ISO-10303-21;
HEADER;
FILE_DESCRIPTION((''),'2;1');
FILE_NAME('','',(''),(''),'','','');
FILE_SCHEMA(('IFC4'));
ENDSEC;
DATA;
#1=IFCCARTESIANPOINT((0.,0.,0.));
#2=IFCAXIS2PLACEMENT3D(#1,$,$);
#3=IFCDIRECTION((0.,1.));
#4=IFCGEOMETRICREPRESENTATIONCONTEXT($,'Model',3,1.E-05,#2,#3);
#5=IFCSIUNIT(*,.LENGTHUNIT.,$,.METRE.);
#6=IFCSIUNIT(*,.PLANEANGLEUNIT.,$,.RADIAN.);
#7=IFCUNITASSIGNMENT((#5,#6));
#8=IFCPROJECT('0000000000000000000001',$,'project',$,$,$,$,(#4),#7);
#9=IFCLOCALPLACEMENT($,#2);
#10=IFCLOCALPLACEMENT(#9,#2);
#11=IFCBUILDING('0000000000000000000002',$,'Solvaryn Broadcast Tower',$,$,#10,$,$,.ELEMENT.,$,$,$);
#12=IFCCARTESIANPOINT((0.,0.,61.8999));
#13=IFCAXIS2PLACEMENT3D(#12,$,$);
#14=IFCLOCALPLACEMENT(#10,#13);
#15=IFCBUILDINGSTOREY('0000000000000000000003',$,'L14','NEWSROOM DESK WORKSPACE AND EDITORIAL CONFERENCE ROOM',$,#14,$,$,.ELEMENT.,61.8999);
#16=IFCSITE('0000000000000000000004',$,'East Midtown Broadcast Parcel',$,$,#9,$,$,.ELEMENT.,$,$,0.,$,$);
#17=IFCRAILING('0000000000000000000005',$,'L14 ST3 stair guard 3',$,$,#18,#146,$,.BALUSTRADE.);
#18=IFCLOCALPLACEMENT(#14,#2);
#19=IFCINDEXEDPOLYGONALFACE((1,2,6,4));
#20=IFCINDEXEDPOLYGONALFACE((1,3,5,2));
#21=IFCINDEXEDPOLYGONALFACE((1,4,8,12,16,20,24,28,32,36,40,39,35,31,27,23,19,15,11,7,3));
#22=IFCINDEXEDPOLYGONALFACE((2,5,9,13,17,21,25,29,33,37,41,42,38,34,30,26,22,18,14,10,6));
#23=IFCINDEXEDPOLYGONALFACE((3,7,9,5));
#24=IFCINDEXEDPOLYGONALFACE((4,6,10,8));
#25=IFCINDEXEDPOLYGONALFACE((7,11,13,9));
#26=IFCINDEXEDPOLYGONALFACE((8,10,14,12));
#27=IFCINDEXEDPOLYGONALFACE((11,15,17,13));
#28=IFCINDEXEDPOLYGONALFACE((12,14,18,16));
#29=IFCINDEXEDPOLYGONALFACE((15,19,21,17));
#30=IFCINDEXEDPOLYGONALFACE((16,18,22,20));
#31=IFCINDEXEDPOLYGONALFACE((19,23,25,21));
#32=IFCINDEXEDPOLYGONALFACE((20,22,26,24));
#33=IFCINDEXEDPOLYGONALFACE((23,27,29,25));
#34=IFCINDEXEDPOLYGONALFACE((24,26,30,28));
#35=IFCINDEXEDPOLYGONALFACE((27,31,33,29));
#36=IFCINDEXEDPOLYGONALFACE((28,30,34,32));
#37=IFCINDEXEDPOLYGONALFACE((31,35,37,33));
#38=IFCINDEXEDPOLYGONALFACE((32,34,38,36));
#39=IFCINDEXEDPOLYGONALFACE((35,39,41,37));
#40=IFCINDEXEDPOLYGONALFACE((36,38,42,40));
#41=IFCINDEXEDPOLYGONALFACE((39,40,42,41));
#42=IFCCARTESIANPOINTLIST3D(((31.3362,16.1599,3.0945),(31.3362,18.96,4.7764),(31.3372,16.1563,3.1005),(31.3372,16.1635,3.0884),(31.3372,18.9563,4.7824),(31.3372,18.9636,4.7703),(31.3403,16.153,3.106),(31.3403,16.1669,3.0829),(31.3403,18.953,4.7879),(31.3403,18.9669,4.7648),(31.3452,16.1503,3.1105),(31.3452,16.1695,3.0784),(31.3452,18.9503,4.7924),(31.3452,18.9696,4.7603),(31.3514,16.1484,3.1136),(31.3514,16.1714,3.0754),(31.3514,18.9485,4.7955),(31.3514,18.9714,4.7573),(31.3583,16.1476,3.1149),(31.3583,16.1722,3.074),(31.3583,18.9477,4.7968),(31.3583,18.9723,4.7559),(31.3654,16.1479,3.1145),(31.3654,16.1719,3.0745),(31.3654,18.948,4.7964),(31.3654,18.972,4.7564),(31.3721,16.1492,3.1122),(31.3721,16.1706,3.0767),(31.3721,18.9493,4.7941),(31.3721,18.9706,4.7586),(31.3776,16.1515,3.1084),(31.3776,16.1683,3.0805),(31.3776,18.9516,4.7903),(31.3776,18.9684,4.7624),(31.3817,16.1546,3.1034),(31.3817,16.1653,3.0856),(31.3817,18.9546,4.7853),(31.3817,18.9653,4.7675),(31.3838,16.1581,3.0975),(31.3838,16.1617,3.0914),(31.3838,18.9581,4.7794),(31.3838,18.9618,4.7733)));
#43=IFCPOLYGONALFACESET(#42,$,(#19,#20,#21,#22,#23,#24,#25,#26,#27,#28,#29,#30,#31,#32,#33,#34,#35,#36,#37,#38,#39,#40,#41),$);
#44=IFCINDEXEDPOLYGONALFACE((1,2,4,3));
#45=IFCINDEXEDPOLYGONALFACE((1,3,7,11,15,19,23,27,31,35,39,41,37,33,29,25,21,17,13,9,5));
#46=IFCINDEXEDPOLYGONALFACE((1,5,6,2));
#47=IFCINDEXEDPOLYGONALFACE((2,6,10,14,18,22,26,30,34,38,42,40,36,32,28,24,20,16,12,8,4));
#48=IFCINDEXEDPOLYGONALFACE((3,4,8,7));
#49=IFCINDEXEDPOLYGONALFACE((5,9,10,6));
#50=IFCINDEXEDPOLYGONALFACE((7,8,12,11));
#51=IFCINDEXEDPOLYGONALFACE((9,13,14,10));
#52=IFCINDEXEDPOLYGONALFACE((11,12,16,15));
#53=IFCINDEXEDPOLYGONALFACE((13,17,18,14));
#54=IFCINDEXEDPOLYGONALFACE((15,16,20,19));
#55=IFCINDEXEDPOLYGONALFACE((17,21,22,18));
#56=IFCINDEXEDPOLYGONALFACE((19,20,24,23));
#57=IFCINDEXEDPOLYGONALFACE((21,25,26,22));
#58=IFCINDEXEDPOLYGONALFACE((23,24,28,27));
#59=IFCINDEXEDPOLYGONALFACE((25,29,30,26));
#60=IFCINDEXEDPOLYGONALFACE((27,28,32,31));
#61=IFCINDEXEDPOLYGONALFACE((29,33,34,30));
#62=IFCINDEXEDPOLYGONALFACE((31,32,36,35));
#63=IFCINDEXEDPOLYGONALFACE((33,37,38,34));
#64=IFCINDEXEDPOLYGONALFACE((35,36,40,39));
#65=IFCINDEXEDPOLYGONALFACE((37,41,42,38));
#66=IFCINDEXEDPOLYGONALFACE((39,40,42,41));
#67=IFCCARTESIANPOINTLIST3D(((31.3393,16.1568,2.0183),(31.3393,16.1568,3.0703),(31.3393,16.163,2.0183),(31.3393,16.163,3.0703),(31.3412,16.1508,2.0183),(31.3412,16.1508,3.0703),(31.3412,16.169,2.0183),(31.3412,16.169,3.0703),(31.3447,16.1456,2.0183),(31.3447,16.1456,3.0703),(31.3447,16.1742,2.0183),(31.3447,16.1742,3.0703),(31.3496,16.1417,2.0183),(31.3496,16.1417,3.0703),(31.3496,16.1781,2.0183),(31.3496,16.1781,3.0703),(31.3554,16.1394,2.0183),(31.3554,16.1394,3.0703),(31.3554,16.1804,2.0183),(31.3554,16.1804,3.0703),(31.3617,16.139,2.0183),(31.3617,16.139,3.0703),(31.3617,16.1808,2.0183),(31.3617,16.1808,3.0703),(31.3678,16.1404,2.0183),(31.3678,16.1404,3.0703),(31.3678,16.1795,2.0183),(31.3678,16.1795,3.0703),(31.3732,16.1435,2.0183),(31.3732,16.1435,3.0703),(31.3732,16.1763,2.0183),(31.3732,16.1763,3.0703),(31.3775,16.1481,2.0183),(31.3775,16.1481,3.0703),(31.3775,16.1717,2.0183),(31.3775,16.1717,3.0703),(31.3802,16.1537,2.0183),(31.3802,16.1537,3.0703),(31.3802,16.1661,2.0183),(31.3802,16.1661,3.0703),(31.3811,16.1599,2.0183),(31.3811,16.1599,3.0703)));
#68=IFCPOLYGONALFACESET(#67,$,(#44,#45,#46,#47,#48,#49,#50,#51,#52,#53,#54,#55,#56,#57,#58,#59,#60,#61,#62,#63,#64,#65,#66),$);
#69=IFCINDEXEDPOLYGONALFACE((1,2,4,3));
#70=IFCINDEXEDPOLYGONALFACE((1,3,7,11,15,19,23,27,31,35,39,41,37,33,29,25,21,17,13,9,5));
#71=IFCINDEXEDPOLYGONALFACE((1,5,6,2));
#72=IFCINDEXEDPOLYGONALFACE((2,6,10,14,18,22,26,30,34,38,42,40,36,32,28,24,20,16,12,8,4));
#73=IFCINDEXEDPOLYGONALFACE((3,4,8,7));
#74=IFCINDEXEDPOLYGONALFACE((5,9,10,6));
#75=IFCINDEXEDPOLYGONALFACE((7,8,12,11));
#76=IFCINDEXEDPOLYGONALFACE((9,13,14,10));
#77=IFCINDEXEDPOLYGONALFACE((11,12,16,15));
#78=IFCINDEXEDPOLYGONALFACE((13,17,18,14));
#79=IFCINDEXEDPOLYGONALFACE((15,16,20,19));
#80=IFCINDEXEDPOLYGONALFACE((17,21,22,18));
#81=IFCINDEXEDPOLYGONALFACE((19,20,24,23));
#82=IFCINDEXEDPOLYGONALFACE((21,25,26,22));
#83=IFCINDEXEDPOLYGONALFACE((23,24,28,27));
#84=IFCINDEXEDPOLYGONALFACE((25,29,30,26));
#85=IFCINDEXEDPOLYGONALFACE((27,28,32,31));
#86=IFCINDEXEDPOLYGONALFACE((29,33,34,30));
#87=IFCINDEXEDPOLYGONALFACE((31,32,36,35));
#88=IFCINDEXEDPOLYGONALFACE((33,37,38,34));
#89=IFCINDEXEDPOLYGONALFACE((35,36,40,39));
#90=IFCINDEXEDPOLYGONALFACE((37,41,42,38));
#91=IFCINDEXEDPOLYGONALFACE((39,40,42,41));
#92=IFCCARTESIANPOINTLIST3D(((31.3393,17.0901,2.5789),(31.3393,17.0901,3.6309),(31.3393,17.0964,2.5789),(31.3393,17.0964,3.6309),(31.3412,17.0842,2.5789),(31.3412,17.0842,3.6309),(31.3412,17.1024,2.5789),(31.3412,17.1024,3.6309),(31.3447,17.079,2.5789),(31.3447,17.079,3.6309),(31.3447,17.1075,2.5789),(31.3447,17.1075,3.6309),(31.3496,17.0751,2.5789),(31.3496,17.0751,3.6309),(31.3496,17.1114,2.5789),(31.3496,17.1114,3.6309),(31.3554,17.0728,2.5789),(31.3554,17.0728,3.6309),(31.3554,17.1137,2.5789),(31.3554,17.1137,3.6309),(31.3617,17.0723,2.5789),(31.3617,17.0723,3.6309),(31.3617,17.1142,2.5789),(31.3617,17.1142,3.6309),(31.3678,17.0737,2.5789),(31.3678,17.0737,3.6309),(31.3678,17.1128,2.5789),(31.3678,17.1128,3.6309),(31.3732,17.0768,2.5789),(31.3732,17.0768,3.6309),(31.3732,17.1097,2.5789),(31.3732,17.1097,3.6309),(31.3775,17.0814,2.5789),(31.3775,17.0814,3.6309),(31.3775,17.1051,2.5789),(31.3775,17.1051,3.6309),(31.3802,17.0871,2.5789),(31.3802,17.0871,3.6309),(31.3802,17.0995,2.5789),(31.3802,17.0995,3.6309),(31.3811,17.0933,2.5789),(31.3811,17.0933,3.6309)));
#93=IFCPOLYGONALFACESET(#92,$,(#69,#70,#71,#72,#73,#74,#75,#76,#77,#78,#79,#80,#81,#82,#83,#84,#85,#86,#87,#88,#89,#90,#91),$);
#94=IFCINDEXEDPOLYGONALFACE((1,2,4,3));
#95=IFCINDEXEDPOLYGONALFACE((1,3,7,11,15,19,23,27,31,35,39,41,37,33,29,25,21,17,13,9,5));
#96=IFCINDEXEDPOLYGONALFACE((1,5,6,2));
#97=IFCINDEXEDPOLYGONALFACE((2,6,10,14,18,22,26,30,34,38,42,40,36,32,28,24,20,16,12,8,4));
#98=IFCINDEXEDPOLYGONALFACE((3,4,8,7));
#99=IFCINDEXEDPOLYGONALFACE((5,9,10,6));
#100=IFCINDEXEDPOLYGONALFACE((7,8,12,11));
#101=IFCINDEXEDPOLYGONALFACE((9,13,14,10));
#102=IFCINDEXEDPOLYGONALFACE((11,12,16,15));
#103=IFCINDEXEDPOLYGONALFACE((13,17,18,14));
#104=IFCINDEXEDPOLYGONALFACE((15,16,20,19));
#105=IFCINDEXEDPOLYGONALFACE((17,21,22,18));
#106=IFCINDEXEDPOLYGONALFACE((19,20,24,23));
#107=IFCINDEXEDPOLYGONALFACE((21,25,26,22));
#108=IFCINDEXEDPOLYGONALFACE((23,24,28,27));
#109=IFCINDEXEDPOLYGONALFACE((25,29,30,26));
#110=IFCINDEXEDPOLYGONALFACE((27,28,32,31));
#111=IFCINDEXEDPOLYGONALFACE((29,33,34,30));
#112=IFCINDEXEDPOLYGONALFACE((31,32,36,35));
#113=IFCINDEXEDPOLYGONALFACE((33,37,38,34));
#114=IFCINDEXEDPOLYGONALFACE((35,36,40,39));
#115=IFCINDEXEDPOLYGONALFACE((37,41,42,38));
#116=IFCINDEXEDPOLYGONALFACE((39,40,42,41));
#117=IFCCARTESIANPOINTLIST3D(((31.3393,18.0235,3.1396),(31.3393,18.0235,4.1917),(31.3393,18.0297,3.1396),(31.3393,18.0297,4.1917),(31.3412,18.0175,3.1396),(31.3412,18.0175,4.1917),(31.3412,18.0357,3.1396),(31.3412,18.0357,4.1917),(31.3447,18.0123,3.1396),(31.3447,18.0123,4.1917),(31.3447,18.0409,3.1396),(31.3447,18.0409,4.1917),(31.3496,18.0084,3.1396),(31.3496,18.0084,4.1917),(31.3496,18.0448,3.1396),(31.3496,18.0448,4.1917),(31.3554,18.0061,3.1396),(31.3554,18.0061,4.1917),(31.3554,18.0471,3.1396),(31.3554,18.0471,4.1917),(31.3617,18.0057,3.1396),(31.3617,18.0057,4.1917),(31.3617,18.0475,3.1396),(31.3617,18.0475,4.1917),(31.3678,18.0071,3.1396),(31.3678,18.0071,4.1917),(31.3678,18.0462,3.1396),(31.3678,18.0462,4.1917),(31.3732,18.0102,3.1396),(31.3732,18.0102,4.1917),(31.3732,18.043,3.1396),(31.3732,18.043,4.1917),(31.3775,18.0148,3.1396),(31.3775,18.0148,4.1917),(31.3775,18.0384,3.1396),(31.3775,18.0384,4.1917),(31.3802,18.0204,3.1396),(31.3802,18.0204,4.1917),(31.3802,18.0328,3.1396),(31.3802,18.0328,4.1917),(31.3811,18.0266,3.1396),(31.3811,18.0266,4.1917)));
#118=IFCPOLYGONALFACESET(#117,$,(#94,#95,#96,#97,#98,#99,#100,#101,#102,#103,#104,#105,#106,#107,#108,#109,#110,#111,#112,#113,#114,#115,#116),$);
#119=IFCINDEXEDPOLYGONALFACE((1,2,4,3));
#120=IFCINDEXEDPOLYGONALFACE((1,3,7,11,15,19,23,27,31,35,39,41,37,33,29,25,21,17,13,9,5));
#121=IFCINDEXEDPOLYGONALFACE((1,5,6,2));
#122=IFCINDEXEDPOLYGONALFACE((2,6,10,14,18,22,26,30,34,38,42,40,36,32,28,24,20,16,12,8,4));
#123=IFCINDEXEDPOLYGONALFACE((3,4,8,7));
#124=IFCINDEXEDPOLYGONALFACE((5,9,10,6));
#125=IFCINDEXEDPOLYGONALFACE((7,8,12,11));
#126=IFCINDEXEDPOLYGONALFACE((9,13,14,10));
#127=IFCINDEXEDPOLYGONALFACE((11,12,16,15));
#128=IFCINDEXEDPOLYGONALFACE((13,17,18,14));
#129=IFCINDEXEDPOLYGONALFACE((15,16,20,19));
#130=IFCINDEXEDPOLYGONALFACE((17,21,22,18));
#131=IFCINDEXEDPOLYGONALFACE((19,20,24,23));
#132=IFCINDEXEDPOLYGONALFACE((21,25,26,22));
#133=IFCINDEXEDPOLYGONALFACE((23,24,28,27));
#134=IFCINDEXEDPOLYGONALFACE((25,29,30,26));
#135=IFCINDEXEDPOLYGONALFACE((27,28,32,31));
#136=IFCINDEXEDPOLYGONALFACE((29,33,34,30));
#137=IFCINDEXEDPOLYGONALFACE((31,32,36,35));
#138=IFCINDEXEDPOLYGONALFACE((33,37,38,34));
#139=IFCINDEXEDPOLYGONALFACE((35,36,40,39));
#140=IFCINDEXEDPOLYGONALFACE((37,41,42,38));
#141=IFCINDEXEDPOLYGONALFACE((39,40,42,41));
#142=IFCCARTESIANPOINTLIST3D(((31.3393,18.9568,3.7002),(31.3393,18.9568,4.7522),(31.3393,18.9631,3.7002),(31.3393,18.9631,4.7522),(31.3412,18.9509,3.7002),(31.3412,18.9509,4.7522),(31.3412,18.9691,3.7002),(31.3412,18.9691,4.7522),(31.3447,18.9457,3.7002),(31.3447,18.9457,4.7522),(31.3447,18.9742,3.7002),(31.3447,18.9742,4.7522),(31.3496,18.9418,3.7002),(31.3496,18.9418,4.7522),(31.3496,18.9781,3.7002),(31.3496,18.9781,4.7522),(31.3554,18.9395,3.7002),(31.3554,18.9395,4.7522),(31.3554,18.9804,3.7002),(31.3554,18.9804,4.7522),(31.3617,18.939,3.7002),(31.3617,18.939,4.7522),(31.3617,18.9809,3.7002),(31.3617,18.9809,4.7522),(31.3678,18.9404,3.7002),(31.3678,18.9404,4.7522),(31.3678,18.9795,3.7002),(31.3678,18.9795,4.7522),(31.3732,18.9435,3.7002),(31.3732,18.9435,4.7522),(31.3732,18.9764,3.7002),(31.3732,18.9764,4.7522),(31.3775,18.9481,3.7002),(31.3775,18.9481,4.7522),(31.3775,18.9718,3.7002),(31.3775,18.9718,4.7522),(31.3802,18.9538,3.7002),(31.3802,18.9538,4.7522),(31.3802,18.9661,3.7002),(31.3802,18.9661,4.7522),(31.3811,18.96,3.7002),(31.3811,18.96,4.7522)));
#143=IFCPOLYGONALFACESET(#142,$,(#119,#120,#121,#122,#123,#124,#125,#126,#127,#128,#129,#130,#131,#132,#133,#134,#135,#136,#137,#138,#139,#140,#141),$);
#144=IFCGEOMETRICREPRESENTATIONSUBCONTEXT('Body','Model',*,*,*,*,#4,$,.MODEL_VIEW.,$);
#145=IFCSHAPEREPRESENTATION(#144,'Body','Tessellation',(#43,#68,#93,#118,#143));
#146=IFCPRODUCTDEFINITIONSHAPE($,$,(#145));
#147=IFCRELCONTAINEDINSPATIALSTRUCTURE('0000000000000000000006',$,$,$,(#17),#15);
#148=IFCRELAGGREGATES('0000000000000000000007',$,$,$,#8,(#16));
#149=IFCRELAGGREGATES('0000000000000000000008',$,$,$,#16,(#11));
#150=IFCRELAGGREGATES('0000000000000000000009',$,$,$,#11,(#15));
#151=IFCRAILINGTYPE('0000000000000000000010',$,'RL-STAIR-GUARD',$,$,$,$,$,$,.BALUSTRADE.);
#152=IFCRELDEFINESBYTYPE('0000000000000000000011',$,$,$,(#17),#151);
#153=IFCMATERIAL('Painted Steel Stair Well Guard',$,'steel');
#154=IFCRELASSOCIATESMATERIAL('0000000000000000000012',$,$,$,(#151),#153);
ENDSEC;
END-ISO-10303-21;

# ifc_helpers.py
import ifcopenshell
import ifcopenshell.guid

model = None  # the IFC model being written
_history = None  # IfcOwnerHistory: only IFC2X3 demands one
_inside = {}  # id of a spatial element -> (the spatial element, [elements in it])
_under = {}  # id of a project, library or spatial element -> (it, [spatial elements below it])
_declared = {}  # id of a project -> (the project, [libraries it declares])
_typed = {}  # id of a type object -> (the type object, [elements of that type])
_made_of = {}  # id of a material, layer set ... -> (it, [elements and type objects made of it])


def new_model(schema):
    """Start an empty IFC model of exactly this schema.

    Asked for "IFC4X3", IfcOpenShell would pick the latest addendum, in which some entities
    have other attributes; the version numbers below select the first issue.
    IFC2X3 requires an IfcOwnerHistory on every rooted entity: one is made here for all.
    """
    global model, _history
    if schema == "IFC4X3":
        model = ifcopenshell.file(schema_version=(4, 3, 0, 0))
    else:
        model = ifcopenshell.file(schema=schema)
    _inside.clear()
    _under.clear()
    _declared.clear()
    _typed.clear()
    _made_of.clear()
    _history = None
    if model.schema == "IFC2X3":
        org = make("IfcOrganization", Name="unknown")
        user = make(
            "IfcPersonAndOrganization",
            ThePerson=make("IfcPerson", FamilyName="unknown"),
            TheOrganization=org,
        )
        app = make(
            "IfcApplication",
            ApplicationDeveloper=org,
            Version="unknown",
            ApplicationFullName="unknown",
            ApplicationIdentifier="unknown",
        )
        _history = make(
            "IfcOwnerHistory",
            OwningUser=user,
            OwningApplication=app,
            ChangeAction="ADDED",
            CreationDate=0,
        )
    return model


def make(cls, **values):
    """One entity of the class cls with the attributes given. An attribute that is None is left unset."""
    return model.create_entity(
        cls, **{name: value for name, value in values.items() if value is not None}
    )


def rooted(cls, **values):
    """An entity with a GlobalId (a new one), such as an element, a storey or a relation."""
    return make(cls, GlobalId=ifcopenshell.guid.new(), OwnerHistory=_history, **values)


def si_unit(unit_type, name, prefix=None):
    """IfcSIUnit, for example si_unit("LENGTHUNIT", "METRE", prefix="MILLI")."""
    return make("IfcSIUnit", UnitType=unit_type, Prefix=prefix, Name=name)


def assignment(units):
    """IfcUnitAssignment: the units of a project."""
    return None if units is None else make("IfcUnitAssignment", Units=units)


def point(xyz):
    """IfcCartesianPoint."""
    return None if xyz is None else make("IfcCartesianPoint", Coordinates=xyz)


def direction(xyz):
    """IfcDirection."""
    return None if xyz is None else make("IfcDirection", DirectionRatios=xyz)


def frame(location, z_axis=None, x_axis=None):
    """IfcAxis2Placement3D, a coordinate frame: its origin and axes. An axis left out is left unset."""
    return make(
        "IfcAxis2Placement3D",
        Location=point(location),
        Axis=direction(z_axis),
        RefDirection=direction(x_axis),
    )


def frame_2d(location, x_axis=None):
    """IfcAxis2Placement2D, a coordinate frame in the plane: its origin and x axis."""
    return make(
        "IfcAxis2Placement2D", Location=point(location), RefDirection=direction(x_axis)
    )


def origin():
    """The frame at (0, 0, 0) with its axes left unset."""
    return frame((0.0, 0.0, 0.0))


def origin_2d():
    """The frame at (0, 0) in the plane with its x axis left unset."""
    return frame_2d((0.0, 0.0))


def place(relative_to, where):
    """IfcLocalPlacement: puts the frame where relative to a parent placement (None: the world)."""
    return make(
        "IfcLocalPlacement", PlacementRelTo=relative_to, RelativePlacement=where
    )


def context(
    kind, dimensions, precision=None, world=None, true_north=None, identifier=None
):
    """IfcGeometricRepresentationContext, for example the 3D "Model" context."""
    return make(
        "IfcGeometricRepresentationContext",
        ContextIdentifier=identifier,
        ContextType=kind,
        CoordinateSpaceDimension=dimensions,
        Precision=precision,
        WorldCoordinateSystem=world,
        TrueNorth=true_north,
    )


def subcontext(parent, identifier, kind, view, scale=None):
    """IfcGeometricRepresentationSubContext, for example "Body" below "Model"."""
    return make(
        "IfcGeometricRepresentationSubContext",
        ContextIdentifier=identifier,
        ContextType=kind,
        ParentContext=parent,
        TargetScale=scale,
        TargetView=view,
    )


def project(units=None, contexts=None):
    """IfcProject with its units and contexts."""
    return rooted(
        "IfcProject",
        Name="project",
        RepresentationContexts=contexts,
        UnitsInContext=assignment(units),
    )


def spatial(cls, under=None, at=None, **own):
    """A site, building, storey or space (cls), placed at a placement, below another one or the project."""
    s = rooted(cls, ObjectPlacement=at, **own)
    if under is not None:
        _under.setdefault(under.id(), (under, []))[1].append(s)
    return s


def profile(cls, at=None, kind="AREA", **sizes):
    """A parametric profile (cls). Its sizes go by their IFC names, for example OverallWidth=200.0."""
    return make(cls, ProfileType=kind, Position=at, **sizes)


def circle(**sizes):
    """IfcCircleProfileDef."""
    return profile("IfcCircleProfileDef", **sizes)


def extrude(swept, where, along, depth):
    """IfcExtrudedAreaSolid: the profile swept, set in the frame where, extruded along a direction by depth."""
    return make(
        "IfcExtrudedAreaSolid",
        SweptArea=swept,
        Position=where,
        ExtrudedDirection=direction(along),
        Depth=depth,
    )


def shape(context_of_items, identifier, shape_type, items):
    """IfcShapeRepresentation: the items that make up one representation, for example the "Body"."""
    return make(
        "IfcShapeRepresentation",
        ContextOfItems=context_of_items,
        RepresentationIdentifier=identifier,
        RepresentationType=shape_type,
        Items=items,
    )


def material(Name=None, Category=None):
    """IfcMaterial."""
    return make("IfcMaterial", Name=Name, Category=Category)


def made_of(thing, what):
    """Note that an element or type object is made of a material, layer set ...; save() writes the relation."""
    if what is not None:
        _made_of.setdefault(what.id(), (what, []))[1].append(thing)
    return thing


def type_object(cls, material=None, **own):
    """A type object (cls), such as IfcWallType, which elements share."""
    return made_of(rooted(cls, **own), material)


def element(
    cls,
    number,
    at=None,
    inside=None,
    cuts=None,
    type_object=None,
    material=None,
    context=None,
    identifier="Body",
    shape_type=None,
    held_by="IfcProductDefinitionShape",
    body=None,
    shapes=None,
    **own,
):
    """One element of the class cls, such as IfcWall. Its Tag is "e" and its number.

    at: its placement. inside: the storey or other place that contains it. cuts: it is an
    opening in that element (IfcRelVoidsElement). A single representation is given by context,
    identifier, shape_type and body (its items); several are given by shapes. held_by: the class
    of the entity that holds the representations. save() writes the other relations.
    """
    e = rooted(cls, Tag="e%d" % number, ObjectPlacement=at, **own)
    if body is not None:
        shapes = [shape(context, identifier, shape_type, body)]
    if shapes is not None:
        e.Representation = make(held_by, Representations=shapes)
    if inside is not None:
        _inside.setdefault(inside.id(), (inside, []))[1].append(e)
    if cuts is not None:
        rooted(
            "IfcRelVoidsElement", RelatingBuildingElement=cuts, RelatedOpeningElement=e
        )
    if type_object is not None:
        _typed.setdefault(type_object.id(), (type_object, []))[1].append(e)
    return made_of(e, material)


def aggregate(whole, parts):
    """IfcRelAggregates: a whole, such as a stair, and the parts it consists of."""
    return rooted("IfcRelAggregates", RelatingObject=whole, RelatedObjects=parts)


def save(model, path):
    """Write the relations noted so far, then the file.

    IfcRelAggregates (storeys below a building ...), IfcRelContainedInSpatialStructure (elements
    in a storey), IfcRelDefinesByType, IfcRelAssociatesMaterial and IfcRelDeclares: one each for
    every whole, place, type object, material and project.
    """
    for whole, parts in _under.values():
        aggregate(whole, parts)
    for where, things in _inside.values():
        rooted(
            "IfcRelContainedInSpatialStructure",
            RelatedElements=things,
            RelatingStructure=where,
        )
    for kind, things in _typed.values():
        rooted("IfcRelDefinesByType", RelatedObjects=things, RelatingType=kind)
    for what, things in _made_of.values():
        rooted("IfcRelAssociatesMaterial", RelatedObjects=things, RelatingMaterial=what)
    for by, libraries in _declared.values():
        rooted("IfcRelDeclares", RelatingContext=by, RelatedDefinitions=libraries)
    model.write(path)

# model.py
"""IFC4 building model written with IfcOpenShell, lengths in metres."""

from ifc_helpers import new_model, si_unit, direction, frame, origin, origin_2d, place, context, subcontext, project, spatial, circle, extrude, material, type_object, element, save


model = new_model("IFC4")

# Units and contexts
model_context = context("Model", 3, precision=1e-05, world=origin(), true_north=direction((0.0, 1.0)))
body_context = subcontext(model_context, "Body", "Model", "MODEL_VIEW")
ifc_project = project(units=[si_unit("LENGTHUNIT", "METRE"), si_unit("PLANEANGLEUNIT", "RADIAN")], contexts=[model_context])

# Site, building, storey
site_placement = place(None, origin())
site = spatial("IfcSite", under=ifc_project, at=site_placement, Name="East Midtown Broadcast Parcel", CompositionType="ELEMENT", RefElevation=0.0)
building_placement = place(site_placement, origin())
building = spatial("IfcBuilding", under=site, at=building_placement, Name="Solvaryn Broadcast Tower", CompositionType="ELEMENT")
storey_placement = place(building_placement, frame((0.0, 0.0, 61.8999)))
storey = spatial("IfcBuildingStorey", under=building, at=storey_placement, Name="L14", Description="NEWSROOM DESK WORKSPACE AND EDITORIAL CONFERENCE ROOM", CompositionType="ELEMENT", Elevation=61.8999)

# Railing
ifc_material_1 = material(Name="Painted Steel Stair Well Guard", Category="steel")
railing_type_1 = type_object("IfcRailingType", Name="RL-STAIR-GUARD", PredefinedType="BALUSTRADE", material=ifc_material_1)
railing_1_placement = place(storey_placement, frame((31.3601, 16.1599, 2.0183)))
element("IfcRailing", 1, at=railing_1_placement, inside=storey, type_object=railing_type_1, Name="L14 ST3 stair guard 3", PredefinedType="BALUSTRADE", context=body_context, shape_type="SweptSolid", body=[
    extrude(circle(Radius=0.0239, at=origin_2d()), frame((0.0, 0.0, 1.0762), z_axis=(0.0, 0.857242, 0.514913), x_axis=(-1.0, 0.0, 0.0)), (0.0, 0.0, 1.0), 3.2664),
    extrude(circle(Radius=0.021, at=origin_2d()), origin(), (0.0, 0.0, 1.0), 1.052),
    extrude(circle(Radius=0.021, at=origin_2d()), frame((0.0, 0.9333, 0.5605)), (0.0, 0.0, 1.0), 1.052),
    extrude(circle(Radius=0.021, at=origin_2d()), frame((0.0, 1.8667, 1.1213)), (0.0, 0.0, 1.0), 1.052),
    extrude(circle(Radius=0.021, at=origin_2d()), frame((0.0, 2.8, 1.6819)), (0.0, 0.0, 1.0), 1.052),
])

save(model, "model.ifc")
